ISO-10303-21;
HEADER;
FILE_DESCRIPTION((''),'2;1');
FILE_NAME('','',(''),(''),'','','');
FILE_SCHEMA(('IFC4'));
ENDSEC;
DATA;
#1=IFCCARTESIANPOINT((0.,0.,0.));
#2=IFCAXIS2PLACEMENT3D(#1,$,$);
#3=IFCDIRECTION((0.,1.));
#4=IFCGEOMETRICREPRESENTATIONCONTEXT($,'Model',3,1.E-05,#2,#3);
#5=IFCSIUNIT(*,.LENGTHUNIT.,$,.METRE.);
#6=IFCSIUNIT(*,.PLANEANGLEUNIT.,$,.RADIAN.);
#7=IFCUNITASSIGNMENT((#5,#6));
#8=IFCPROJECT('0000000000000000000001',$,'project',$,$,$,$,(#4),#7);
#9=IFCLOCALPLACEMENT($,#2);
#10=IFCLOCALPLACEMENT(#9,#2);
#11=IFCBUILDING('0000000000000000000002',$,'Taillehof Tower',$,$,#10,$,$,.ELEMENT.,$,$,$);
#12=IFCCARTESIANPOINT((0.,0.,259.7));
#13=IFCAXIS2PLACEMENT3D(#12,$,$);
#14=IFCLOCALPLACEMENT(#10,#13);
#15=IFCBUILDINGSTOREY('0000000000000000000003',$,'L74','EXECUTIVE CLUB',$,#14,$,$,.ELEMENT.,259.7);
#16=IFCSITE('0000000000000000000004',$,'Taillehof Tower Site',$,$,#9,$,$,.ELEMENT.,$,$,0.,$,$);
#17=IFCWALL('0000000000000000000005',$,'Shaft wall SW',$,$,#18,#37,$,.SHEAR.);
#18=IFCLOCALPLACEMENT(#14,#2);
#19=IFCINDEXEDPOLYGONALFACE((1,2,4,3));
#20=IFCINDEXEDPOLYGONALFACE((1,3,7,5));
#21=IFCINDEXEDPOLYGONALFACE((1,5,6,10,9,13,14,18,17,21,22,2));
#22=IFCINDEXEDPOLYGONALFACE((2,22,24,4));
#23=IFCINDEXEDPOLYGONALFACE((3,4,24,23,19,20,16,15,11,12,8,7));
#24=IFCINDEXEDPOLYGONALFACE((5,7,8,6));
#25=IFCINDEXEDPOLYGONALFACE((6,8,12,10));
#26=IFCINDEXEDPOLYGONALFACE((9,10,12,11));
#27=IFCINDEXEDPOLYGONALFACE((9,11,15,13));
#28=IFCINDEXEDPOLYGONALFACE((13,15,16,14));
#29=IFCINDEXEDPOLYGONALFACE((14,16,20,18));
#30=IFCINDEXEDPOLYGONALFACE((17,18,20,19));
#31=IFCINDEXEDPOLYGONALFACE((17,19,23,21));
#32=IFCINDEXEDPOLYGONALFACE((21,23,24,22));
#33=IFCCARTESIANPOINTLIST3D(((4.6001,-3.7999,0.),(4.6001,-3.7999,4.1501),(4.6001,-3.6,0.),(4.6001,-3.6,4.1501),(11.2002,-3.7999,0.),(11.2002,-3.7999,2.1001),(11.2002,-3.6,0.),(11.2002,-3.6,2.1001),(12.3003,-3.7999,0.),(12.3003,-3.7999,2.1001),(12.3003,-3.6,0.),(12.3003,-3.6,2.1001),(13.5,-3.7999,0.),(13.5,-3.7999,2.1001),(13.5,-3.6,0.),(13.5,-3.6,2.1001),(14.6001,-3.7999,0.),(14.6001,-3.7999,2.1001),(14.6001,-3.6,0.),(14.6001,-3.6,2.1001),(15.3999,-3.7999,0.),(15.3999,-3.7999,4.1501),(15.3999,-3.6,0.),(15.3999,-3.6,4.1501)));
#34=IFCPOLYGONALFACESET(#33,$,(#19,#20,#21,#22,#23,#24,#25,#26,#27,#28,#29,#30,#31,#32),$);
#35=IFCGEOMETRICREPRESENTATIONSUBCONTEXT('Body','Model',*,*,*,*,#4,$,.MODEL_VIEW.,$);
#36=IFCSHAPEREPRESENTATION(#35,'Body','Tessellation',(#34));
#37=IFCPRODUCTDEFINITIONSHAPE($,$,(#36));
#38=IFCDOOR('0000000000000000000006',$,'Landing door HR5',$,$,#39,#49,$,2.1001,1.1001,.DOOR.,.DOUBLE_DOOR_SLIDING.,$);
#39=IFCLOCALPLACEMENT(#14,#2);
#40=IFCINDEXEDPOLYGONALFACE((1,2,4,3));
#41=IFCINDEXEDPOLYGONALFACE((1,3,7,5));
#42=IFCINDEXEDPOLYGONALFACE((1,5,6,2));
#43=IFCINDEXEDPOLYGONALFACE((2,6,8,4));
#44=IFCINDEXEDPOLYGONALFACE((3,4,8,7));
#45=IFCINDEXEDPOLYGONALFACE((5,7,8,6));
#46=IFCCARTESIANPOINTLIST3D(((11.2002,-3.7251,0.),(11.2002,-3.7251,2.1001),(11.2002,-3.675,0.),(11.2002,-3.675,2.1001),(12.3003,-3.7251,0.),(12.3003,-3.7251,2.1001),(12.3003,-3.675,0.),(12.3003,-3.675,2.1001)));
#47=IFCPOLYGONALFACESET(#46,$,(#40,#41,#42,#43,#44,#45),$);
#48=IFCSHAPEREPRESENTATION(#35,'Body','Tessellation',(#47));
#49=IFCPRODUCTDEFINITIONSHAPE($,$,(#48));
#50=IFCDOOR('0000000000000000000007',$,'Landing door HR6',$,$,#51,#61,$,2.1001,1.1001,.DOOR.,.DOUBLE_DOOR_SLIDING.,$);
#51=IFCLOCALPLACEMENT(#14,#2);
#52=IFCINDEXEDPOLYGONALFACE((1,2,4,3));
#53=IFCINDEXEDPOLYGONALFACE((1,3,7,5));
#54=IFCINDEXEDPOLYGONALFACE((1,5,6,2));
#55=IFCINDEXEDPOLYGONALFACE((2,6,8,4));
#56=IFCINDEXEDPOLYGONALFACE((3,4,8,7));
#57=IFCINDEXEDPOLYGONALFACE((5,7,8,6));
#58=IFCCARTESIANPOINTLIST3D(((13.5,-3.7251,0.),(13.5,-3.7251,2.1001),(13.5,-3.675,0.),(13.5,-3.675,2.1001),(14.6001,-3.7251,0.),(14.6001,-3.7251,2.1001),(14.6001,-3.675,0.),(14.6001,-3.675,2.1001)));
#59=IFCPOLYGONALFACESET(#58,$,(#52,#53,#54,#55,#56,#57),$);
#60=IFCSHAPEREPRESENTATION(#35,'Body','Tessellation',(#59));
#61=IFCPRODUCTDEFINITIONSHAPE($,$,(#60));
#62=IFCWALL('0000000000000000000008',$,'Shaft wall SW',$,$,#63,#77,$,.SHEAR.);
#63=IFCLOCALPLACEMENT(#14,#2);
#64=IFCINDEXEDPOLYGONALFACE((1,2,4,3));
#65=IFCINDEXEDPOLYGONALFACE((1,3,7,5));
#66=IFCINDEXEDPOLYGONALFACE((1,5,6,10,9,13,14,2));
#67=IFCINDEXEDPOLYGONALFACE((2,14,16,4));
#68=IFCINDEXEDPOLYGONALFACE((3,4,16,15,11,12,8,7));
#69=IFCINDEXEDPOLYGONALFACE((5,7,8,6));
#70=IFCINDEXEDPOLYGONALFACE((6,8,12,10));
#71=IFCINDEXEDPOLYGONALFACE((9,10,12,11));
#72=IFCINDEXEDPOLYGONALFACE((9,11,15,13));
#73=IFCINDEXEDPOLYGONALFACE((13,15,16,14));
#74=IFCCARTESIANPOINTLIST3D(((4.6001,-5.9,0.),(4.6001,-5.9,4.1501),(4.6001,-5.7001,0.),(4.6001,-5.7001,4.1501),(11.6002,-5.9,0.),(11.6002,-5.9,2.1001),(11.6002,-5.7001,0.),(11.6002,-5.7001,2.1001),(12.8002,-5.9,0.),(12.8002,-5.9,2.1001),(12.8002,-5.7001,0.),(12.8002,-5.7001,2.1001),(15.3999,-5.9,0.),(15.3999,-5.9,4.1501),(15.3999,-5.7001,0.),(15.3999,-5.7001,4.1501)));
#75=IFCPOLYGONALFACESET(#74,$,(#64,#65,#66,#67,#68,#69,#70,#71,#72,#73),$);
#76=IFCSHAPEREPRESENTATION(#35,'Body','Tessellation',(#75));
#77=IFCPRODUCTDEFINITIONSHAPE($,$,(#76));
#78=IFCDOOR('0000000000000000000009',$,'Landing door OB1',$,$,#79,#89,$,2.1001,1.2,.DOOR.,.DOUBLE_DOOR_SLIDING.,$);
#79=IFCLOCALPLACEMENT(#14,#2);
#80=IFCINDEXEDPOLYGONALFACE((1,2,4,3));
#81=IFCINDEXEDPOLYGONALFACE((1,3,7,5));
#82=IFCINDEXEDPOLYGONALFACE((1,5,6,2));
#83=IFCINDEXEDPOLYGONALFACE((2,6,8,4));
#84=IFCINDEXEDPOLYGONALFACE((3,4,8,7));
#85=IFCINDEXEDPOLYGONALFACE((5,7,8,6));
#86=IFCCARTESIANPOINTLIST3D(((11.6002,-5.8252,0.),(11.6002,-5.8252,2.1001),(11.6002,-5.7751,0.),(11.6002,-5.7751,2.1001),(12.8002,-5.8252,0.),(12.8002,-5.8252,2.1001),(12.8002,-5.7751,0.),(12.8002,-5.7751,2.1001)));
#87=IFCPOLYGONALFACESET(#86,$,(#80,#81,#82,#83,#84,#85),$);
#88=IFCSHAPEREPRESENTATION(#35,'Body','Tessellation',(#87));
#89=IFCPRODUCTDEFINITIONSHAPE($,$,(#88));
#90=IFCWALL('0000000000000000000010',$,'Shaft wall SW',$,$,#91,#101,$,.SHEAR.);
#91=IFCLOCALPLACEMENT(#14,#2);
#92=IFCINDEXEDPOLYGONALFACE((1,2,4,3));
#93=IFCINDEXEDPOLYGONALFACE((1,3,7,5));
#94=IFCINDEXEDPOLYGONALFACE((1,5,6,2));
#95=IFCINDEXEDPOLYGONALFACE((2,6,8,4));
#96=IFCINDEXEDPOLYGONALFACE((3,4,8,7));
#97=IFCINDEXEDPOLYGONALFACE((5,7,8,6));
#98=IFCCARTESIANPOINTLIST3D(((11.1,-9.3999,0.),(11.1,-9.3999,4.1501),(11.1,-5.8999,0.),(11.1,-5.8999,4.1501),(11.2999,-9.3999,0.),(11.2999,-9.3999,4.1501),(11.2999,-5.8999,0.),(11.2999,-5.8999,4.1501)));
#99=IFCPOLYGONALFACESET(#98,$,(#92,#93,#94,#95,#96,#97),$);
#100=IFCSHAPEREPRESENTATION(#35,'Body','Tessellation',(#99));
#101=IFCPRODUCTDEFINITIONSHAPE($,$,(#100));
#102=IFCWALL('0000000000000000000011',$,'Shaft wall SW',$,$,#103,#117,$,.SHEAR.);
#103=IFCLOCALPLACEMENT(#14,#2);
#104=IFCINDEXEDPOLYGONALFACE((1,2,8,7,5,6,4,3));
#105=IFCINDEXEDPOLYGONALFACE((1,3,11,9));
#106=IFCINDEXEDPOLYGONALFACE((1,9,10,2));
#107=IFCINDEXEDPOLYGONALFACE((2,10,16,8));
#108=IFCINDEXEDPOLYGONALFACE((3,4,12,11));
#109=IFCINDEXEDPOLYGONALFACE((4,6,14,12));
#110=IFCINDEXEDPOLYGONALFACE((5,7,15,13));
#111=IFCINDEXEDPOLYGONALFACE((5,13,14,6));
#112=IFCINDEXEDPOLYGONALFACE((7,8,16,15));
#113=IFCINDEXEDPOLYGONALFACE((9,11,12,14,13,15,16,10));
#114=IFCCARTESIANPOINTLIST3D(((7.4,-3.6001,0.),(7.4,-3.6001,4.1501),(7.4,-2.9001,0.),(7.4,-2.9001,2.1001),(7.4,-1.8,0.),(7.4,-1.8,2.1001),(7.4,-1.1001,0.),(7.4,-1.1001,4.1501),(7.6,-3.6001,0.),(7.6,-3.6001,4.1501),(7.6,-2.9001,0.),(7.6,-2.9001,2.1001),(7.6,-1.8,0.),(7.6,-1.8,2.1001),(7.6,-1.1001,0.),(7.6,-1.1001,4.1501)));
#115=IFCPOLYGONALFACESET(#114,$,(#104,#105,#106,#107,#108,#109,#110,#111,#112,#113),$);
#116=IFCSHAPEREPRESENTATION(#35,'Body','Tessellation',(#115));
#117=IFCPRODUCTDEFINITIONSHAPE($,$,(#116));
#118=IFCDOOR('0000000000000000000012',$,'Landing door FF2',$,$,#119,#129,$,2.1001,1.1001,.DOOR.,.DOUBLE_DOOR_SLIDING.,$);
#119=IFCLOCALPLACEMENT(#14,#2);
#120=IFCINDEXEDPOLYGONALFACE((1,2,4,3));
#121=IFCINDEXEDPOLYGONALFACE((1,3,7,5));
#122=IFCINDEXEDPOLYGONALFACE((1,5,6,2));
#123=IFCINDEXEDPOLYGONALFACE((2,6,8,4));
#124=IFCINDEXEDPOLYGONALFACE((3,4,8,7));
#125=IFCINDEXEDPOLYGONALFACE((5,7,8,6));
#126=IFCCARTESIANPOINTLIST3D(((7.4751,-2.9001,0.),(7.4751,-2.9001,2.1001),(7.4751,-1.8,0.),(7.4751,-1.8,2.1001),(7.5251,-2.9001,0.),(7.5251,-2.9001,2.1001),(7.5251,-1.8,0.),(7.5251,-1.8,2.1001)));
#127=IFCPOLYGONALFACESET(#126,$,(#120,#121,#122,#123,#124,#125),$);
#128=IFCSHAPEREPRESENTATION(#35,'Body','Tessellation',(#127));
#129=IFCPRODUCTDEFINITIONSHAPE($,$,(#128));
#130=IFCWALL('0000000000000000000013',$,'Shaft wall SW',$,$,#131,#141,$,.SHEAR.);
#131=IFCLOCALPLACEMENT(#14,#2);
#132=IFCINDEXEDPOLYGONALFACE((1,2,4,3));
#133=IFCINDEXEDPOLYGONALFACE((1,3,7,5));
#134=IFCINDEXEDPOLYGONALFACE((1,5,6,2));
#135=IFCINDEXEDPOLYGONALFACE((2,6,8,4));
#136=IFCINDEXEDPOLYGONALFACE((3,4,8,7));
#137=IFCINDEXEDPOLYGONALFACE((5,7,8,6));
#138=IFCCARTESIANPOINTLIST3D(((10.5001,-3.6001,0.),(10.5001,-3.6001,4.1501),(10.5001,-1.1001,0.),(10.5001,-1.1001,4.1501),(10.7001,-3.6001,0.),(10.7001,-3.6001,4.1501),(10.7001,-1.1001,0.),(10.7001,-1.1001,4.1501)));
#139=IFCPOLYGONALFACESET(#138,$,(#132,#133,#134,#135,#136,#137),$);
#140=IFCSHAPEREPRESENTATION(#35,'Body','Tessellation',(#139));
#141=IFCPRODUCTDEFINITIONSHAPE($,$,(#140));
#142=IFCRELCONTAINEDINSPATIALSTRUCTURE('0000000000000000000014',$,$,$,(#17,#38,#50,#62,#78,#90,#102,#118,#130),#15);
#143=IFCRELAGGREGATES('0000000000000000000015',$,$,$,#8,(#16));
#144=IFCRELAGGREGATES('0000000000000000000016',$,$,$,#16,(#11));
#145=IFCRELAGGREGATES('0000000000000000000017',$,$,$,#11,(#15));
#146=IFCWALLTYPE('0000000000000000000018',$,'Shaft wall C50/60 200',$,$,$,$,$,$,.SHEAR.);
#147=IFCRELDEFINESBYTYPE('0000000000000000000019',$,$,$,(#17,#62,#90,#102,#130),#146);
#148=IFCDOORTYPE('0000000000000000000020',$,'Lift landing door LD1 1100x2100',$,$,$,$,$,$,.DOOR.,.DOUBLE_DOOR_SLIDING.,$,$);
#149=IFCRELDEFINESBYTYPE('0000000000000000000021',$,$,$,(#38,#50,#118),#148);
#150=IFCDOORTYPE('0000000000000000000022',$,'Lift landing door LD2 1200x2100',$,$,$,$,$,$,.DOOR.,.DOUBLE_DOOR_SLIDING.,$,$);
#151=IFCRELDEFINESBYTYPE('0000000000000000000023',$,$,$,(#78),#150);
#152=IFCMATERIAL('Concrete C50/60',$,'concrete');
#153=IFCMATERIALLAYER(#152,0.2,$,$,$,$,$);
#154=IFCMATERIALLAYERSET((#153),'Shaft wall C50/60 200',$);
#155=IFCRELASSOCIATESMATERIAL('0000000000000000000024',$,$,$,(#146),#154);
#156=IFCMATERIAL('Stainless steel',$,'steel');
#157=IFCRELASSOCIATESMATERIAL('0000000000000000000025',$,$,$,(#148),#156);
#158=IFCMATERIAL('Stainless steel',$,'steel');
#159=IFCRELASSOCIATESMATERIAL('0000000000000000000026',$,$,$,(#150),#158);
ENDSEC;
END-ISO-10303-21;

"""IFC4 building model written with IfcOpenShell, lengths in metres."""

from ifc_helpers import new_model, si_unit, direction, frame, frame_2d, origin, place, context, subcontext, project, spatial, rectangle, extrude, material, layer, layer_set, type_object, element, fill, save


model = new_model("IFC4")

# Units and contexts
model_context = context("Model", 3, precision=1e-05, world=origin(), true_north=direction((0.0, 1.0)))
body_context = subcontext(model_context, "Body", "Model", "MODEL_VIEW")
ifc_project = project(units=[si_unit("LENGTHUNIT", "METRE"), si_unit("PLANEANGLEUNIT", "RADIAN")], contexts=[model_context])

# Site, building, storey
site_placement = place(None, origin())
site = spatial("IfcSite", under=ifc_project, at=site_placement, Name="Taillehof Tower Site", CompositionType="ELEMENT", RefElevation=0.0)
building_placement = place(site_placement, origin())
building = spatial("IfcBuilding", under=site, at=building_placement, Name="Taillehof Tower", CompositionType="ELEMENT")
storey_placement = place(building_placement, frame((0.0, 0.0, 259.7)))
storey = spatial("IfcBuildingStorey", under=building, at=storey_placement, Name="L74", Description="EXECUTIVE CLUB", CompositionType="ELEMENT", Elevation=259.7)

# Shared definitions
ifc_material_1 = material(Name="Concrete C50/60", Category="concrete")
ifc_layer_1 = layer(ifc_material_1, 0.2)
ifc_layer_set_1 = layer_set([ifc_layer_1], Name="Shaft wall C50/60 200")
wall_type_1 = type_object("IfcWallType", Name="Shaft wall C50/60 200", PredefinedType="SHEAR", material=ifc_layer_set_1)

# Wall, openings, doors
wall_1_placement = place(storey_placement, frame((4.6001, -3.7, 0.0), z_axis=(0.0, 0.0, 1.0), x_axis=(1.0, 0.0, 0.0)))
wall_1 = element("IfcWall", 1, at=wall_1_placement, inside=storey, type_object=wall_type_1, Name="Shaft wall SW", PredefinedType="SHEAR", context=body_context, shape_type="SweptSolid", body=[
    extrude(rectangle(XDim=10.7998, YDim=0.2, at=frame_2d((5.3999, 0.0))), origin(), (0.0, 0.0, 1.0), 4.1501),
])
opening_1_placement = place(wall_1_placement, frame((6.6001, 0.0, 0.0)))
opening_1 = element("IfcOpeningElement", 2, at=opening_1_placement, cuts=wall_1, PredefinedType="OPENING", context=body_context, shape_type="SweptSolid", body=[
    extrude(rectangle(XDim=1.1001, YDim=2.1001, at=frame_2d((0.55, 1.05))), frame((0.0, 0.1099, 0.0), z_axis=(0.0, -1.0, 0.0), x_axis=(1.0, 0.0, 0.0)), (0.0, 0.0, 1.0), 0.22),
])
opening_2_placement = place(wall_1_placement, frame((8.8999, 0.0, 0.0)))
opening_2 = element("IfcOpeningElement", 3, at=opening_2_placement, cuts=wall_1, PredefinedType="OPENING", context=body_context, shape_type="SweptSolid", body=[
    extrude(rectangle(XDim=1.1001, YDim=2.1001, at=frame_2d((0.55, 1.05))), frame((0.0, 0.1099, 0.0), z_axis=(0.0, -1.0, 0.0), x_axis=(1.0, 0.0, 0.0)), (0.0, 0.0, 1.0), 0.22),
])
ifc_material_2 = material(Name="Stainless steel", Category="steel")
door_type_1 = type_object("IfcDoorType", Name="Lift landing door LD1 1100x2100", OperationType="DOUBLE_DOOR_SLIDING", PredefinedType="DOOR", material=ifc_material_2)
door_1_placement = place(opening_1_placement, origin())
door_1 = element("IfcDoor", 4, at=door_1_placement, inside=storey, type_object=door_type_1, Name="Landing door HR5", OperationType="DOUBLE_DOOR_SLIDING", OverallHeight=2.1001, OverallWidth=1.1001, PredefinedType="DOOR", context=body_context, shape_type="SweptSolid", body=[
    extrude(rectangle(XDim=1.1001, YDim=2.1001, at=frame_2d((0.55, 1.05))), frame((0.0, 0.0249, 0.0), z_axis=(0.0, -1.0, 0.0), x_axis=(1.0, 0.0, 0.0)), (0.0, 0.0, 1.0), 0.05),
])
fill(opening_1, door_1)
door_2_placement = place(opening_2_placement, origin())
door_2 = element("IfcDoor", 5, at=door_2_placement, inside=storey, type_object=door_type_1, Name="Landing door HR6", OperationType="DOUBLE_DOOR_SLIDING", OverallHeight=2.1001, OverallWidth=1.1001, PredefinedType="DOOR", context=body_context, shape_type="SweptSolid", body=[
    extrude(rectangle(XDim=1.1001, YDim=2.1001, at=frame_2d((0.55, 1.05))), frame((0.0, 0.0249, 0.0), z_axis=(0.0, -1.0, 0.0), x_axis=(1.0, 0.0, 0.0)), (0.0, 0.0, 1.0), 0.05),
])
fill(opening_2, door_2)

# Wall, opening, door
wall_2_placement = place(storey_placement, frame((4.6001, -5.8, 0.0), z_axis=(0.0, 0.0, 1.0), x_axis=(1.0, 0.0, 0.0)))
wall_2 = element("IfcWall", 6, at=wall_2_placement, inside=storey, type_object=wall_type_1, Name="Shaft wall SW", PredefinedType="SHEAR", context=body_context, shape_type="SweptSolid", body=[
    extrude(rectangle(XDim=10.7998, YDim=0.2, at=frame_2d((5.3999, 0.0))), origin(), (0.0, 0.0, 1.0), 4.1501),
])
opening_3_placement = place(wall_2_placement, frame((7.0, 0.0, 0.0)))
opening_3 = element("IfcOpeningElement", 7, at=opening_3_placement, cuts=wall_2, PredefinedType="OPENING", context=body_context, shape_type="SweptSolid", body=[
    extrude(rectangle(XDim=1.2, YDim=2.1001, at=frame_2d((0.6001, 1.05))), frame((0.0, 0.1099, 0.0), z_axis=(0.0, -1.0, 0.0), x_axis=(1.0, 0.0, 0.0)), (0.0, 0.0, 1.0), 0.22),
])
ifc_material_3 = material(Name="Stainless steel", Category="steel")
door_type_2 = type_object("IfcDoorType", Name="Lift landing door LD2 1200x2100", OperationType="DOUBLE_DOOR_SLIDING", PredefinedType="DOOR", material=ifc_material_3)
door_3_placement = place(opening_3_placement, origin())
door_3 = element("IfcDoor", 8, at=door_3_placement, inside=storey, type_object=door_type_2, Name="Landing door OB1", OperationType="DOUBLE_DOOR_SLIDING", OverallHeight=2.1001, OverallWidth=1.2, PredefinedType="DOOR", context=body_context, shape_type="SweptSolid", body=[
    extrude(rectangle(XDim=1.2, YDim=2.1001, at=frame_2d((0.6001, 1.05))), frame((0.0, 0.0249, 0.0), z_axis=(0.0, -1.0, 0.0), x_axis=(1.0, 0.0, 0.0)), (0.0, 0.0, 1.0), 0.05),
])
fill(opening_3, door_3)

# Wall
wall_3_placement = place(storey_placement, frame((11.2, -9.3999, 0.0), z_axis=(0.0, 0.0, 1.0), x_axis=(0.0, 1.0, 0.0)))
element("IfcWall", 9, at=wall_3_placement, inside=storey, type_object=wall_type_1, Name="Shaft wall SW", PredefinedType="SHEAR", context=body_context, shape_type="SweptSolid", body=[
    extrude(rectangle(XDim=3.5, YDim=0.2, at=frame_2d((1.75, 0.0))), origin(), (0.0, 0.0, 1.0), 4.1501),
])

# Wall, opening, door
wall_4_placement = place(storey_placement, frame((7.5, -3.6001, 0.0), z_axis=(0.0, 0.0, 1.0), x_axis=(0.0, 1.0, 0.0)))
wall_4 = element("IfcWall", 10, at=wall_4_placement, inside=storey, type_object=wall_type_1, Name="Shaft wall SW", PredefinedType="SHEAR", context=body_context, shape_type="SweptSolid", body=[
    extrude(rectangle(XDim=2.5, YDim=0.2, at=frame_2d((1.25, 0.0))), origin(), (0.0, 0.0, 1.0), 4.1501),
])
opening_4_placement = place(wall_4_placement, frame((0.7, 0.0, 0.0)))
opening_4 = element("IfcOpeningElement", 11, at=opening_4_placement, cuts=wall_4, PredefinedType="OPENING", context=body_context, shape_type="SweptSolid", body=[
    extrude(rectangle(XDim=1.1001, YDim=2.1001, at=frame_2d((0.55, 1.05))), frame((0.0, 0.1099, 0.0), z_axis=(0.0, -1.0, 0.0), x_axis=(1.0, 0.0, 0.0)), (0.0, 0.0, 1.0), 0.22),
])
door_4_placement = place(opening_4_placement, origin())
door_4 = element("IfcDoor", 12, at=door_4_placement, inside=storey, type_object=door_type_1, Name="Landing door FF2", OperationType="DOUBLE_DOOR_SLIDING", OverallHeight=2.1001, OverallWidth=1.1001, PredefinedType="DOOR", context=body_context, shape_type="SweptSolid", body=[
    extrude(rectangle(XDim=1.1001, YDim=2.1001, at=frame_2d((0.55, 1.05))), frame((0.0, 0.0249, 0.0), z_axis=(0.0, -1.0, 0.0), x_axis=(1.0, 0.0, 0.0)), (0.0, 0.0, 1.0), 0.05),
])
fill(opening_4, door_4)

# Wall
wall_5_placement = place(storey_placement, frame((10.6001, -3.6001, 0.0), z_axis=(0.0, 0.0, 1.0), x_axis=(0.0, 1.0, 0.0)))
element("IfcWall", 13, at=wall_5_placement, inside=storey, type_object=wall_type_1, Name="Shaft wall SW", PredefinedType="SHEAR", context=body_context, shape_type="SweptSolid", body=[
    extrude(rectangle(XDim=2.5, YDim=0.2, at=frame_2d((1.25, 0.0))), origin(), (0.0, 0.0, 1.0), 4.1501),
])

save(model, "model.ifc")
